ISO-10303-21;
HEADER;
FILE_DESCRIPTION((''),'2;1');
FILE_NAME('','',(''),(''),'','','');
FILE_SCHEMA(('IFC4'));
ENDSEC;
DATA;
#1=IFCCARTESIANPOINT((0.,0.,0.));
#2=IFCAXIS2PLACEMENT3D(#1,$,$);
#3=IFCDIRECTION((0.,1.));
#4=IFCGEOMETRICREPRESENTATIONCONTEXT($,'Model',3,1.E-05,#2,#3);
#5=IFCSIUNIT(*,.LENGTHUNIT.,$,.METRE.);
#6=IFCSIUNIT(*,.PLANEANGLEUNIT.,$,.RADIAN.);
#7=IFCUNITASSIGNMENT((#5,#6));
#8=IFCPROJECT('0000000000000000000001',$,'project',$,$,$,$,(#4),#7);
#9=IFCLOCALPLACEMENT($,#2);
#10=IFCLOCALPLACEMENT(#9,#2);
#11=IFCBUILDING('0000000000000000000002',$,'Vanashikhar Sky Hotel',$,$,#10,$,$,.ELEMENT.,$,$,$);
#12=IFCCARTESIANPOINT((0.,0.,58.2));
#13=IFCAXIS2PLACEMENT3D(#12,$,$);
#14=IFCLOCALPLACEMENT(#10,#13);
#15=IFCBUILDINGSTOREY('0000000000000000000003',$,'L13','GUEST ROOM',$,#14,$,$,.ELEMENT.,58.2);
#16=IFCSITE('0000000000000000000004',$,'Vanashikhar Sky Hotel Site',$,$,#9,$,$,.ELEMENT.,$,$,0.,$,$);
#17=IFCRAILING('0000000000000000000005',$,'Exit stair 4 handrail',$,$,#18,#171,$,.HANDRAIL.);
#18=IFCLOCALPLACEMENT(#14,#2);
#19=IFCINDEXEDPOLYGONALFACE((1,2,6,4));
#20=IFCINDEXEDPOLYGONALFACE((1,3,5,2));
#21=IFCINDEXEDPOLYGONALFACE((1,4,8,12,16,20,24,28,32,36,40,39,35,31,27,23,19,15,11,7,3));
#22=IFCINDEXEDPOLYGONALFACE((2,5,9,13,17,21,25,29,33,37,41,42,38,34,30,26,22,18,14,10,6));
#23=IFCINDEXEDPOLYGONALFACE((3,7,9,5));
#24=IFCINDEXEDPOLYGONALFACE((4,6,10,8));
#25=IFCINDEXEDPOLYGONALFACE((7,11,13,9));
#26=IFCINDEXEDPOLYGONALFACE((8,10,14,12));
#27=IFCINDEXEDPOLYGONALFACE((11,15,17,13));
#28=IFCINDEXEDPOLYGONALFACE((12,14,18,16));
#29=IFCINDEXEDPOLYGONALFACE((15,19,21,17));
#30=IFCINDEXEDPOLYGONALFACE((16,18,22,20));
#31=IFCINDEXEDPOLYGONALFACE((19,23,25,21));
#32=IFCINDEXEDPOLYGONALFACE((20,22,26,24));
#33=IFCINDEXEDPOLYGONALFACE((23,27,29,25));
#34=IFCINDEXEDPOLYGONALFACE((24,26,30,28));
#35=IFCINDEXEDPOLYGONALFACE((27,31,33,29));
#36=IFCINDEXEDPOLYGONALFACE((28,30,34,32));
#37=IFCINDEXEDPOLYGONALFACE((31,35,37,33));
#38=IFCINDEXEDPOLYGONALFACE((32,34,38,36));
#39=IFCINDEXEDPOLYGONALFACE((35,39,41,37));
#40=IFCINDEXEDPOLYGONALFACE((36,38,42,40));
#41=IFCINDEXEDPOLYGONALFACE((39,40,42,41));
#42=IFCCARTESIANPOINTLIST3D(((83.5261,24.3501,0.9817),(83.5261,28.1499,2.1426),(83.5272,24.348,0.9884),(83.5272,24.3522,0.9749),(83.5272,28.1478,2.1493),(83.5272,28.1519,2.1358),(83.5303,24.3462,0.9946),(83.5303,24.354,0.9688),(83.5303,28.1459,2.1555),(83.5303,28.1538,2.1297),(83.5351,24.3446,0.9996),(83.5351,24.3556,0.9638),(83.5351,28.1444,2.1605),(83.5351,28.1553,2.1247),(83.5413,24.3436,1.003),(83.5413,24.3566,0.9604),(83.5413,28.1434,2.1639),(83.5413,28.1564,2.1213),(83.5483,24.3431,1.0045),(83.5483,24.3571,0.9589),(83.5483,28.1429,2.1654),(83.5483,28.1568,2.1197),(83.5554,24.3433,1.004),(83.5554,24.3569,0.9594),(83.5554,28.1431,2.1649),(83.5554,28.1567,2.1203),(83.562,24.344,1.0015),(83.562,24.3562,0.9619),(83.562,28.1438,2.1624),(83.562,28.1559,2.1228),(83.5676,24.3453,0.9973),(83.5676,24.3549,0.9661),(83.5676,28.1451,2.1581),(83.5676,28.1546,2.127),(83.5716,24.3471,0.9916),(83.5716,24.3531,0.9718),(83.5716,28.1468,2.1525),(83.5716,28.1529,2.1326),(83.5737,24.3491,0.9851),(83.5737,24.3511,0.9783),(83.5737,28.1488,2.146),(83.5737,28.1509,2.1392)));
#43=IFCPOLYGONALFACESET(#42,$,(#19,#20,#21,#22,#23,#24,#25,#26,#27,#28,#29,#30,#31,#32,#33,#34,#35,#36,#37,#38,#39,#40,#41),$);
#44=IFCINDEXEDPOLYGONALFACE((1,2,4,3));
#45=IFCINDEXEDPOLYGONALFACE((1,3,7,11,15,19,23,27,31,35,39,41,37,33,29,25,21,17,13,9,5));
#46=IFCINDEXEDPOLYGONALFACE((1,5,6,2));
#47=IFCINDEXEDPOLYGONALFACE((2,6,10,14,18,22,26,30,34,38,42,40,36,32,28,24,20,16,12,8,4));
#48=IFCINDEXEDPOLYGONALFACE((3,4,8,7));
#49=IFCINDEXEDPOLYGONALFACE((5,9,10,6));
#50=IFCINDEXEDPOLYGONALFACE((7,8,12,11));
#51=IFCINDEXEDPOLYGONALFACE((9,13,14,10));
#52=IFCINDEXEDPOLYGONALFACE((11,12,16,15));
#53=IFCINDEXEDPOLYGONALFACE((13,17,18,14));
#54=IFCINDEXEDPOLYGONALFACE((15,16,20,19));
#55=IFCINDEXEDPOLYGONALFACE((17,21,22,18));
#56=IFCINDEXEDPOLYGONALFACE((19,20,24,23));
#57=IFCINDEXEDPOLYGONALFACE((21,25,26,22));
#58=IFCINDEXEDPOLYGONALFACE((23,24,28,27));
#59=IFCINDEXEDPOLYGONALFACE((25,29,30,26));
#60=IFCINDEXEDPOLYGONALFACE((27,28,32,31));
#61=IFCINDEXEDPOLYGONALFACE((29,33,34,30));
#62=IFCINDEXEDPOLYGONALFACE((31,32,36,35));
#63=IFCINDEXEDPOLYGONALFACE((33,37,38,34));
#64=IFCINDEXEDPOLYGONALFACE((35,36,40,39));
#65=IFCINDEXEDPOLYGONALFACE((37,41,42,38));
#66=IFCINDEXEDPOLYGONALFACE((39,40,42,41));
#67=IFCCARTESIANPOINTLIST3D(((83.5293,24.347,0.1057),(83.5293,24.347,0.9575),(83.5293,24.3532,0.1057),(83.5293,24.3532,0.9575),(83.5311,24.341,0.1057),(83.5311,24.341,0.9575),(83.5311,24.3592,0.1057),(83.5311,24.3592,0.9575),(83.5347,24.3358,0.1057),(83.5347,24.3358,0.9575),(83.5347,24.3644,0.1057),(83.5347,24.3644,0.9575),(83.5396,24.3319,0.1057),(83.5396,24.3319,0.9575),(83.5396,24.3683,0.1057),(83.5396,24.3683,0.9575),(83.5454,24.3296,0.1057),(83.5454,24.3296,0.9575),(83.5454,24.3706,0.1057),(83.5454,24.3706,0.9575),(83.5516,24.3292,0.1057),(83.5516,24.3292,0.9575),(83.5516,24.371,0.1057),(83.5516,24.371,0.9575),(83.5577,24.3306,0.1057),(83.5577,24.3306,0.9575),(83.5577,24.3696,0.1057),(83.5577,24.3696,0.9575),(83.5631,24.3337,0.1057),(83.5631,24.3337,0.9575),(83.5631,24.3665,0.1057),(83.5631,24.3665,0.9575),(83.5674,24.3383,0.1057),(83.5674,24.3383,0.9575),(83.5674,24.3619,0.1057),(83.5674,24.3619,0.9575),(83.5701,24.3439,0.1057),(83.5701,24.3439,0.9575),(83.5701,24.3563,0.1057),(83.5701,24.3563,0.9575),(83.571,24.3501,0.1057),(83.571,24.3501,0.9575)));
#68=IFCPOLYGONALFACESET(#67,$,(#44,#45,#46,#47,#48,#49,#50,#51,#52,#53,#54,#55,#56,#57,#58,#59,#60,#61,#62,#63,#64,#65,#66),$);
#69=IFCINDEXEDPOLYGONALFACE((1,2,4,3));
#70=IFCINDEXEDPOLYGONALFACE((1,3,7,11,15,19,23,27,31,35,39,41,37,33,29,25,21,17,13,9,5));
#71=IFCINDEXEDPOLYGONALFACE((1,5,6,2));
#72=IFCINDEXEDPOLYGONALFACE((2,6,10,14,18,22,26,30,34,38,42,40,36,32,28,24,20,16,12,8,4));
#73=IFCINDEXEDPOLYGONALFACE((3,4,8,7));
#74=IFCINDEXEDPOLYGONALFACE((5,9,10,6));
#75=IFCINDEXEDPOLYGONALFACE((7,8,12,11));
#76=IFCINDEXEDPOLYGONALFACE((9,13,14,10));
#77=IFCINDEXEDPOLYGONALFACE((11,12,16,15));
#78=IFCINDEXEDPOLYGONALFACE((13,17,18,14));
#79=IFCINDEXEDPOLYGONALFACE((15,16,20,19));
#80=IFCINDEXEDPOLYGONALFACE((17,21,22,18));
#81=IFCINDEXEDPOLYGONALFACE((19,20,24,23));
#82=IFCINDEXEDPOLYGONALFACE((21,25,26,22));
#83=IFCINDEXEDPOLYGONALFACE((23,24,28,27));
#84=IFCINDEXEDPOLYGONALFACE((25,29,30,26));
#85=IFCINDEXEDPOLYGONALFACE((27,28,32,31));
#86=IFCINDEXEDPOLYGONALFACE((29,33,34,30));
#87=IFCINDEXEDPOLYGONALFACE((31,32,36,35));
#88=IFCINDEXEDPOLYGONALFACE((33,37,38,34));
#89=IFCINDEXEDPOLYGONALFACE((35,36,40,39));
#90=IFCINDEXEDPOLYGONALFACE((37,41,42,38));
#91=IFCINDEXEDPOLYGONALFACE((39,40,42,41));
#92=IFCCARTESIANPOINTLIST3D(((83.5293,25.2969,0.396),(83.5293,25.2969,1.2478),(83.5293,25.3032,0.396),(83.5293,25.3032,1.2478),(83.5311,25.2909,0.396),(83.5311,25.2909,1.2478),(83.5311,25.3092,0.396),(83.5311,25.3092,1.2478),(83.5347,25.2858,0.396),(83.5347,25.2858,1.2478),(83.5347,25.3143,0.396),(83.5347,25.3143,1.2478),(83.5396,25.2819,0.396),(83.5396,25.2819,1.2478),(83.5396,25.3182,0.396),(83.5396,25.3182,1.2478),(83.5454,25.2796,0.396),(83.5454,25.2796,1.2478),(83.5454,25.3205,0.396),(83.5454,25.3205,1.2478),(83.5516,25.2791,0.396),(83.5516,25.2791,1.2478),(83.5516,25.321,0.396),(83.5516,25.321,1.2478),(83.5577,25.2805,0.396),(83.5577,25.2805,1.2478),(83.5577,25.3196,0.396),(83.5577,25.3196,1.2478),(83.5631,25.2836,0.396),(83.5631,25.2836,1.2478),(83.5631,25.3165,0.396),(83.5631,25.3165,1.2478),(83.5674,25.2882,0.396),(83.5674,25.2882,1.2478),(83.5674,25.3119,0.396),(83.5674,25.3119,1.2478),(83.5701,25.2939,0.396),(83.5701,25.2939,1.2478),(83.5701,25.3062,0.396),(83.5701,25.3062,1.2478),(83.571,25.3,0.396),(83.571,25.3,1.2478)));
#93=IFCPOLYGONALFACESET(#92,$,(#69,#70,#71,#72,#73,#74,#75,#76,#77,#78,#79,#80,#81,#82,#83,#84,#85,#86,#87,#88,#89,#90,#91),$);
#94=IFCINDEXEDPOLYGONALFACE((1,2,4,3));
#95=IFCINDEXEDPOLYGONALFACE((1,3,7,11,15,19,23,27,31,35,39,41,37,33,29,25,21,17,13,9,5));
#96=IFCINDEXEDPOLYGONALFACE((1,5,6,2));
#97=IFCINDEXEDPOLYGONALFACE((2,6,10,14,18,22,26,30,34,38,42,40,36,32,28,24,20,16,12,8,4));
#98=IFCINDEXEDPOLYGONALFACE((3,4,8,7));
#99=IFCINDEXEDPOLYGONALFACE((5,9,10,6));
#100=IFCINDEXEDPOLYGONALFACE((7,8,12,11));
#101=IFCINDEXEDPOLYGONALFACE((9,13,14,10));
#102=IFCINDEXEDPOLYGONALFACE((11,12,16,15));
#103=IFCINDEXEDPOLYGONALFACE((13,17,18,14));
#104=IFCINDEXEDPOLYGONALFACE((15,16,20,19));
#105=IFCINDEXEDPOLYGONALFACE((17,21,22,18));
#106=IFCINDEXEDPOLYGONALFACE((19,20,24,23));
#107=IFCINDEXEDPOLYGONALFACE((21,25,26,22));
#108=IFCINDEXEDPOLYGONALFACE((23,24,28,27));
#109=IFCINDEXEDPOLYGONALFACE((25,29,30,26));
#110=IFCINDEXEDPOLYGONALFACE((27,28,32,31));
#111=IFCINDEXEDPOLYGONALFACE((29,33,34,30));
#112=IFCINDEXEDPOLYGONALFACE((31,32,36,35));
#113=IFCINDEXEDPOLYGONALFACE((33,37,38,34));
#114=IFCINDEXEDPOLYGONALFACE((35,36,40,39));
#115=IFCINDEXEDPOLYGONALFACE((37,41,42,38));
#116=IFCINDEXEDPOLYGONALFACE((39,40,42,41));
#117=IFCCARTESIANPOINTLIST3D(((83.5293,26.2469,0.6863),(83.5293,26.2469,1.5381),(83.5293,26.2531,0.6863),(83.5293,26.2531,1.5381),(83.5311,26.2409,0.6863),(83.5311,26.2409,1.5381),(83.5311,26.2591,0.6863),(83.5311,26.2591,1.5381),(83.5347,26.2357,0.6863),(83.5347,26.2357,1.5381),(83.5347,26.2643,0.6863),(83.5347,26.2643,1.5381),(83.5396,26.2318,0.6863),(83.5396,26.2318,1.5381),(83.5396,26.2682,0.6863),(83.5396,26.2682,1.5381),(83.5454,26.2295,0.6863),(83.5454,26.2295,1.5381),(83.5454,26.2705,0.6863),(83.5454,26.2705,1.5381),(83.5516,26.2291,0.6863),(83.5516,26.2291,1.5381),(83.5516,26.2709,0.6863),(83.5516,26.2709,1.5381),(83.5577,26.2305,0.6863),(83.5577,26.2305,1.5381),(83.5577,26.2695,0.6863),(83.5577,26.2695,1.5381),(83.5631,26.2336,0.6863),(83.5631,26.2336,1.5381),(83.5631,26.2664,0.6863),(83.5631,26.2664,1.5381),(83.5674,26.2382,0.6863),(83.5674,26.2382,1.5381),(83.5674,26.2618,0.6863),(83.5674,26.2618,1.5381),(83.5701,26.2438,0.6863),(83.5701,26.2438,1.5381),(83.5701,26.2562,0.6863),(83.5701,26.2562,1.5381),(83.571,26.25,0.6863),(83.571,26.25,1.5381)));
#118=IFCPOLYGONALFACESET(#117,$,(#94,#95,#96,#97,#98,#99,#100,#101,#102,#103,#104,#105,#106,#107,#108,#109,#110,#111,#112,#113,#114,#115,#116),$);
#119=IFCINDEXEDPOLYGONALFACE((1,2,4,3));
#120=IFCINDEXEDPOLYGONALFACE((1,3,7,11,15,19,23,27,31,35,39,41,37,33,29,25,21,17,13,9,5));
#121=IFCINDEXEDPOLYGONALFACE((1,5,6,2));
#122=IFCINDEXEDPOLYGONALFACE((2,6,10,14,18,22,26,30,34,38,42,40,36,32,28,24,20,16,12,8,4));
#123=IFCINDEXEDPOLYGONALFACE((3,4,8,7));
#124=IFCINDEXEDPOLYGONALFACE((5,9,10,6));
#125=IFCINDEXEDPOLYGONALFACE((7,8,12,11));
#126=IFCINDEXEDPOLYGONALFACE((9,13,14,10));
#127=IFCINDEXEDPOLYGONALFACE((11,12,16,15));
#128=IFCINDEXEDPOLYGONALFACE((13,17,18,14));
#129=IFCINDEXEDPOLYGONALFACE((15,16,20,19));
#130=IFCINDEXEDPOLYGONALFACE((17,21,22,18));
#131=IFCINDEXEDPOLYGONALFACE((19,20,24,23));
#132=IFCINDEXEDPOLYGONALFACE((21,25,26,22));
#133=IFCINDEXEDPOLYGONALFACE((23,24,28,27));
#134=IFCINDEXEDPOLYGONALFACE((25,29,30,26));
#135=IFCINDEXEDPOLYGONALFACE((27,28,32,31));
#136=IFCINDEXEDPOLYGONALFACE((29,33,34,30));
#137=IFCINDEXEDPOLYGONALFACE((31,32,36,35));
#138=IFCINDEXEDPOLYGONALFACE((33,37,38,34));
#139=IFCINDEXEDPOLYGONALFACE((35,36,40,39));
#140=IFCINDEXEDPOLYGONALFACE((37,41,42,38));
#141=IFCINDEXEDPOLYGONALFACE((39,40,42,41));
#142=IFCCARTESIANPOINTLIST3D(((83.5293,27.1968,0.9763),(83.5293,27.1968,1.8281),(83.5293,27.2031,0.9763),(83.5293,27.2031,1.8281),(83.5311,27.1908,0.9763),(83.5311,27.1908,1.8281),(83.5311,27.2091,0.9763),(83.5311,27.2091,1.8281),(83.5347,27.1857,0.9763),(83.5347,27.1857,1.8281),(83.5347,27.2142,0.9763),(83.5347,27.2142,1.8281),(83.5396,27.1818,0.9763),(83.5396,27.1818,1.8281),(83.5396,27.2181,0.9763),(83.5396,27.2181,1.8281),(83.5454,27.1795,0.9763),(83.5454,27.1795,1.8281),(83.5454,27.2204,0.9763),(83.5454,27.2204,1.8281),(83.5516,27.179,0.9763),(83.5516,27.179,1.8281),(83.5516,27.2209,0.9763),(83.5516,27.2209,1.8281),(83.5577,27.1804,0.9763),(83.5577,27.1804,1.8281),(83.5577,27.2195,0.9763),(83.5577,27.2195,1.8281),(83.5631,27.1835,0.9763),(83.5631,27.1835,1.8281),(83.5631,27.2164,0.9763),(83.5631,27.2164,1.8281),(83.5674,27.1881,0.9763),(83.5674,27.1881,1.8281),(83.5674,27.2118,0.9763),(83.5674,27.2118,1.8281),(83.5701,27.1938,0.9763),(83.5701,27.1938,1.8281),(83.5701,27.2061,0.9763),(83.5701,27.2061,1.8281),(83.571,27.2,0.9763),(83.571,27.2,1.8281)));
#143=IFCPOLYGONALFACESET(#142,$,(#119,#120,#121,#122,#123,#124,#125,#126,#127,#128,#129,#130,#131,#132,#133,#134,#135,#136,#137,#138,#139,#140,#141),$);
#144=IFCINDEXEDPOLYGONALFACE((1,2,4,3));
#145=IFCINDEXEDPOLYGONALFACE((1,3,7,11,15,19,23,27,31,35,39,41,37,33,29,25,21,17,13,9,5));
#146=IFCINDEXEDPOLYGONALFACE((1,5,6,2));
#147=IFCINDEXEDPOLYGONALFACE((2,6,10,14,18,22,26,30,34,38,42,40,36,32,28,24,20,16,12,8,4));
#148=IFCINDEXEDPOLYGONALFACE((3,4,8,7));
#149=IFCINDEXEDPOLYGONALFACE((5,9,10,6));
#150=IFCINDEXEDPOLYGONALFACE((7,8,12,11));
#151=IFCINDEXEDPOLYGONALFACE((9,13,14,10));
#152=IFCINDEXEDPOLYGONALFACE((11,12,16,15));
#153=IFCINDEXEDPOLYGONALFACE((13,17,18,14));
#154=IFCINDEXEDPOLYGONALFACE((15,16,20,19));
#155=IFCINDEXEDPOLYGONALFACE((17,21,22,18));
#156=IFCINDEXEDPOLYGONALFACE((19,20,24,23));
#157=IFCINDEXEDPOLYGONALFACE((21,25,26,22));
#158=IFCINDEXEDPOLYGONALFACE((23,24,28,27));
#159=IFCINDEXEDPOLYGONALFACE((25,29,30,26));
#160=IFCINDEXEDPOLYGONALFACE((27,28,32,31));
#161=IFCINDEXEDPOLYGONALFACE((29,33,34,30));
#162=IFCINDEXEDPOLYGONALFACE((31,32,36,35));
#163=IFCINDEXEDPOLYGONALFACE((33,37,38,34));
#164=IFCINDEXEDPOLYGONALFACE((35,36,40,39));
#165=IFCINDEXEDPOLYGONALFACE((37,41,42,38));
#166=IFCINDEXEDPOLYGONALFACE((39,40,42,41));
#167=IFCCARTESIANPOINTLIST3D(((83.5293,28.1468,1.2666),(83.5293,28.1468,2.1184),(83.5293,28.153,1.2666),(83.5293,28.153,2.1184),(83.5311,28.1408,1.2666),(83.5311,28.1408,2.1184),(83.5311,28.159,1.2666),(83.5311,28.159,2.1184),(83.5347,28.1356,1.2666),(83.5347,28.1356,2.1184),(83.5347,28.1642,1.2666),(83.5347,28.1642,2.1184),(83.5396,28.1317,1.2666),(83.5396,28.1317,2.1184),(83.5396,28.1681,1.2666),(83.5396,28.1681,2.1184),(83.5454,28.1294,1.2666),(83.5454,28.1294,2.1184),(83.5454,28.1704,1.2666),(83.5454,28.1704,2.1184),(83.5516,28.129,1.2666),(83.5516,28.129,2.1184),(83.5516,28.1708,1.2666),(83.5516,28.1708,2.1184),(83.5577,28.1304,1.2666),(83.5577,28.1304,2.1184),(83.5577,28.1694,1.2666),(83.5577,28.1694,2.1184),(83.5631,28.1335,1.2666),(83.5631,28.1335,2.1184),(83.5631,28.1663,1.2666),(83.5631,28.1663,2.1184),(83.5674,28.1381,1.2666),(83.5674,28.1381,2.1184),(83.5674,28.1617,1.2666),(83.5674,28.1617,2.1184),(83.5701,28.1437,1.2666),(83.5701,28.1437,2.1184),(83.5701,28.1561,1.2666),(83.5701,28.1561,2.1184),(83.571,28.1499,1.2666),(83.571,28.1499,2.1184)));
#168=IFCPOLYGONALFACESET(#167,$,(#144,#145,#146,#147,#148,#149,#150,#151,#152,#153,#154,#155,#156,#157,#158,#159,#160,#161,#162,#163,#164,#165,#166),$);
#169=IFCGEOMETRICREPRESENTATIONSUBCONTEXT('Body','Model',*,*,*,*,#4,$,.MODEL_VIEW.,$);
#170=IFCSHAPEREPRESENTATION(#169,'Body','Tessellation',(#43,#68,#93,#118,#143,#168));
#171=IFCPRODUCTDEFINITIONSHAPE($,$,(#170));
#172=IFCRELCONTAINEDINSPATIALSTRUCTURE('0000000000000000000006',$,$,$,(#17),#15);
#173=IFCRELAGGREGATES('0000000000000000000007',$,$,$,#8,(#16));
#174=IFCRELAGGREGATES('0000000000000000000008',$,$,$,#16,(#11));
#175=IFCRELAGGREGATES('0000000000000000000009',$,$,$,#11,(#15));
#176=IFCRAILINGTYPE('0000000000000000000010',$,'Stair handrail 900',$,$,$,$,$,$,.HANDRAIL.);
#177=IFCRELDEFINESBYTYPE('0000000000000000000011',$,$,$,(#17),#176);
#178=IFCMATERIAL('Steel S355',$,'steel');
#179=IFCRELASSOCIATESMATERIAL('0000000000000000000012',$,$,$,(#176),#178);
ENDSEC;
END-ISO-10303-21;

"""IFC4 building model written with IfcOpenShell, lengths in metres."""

from ifc_helpers import new_model, si_unit, direction, frame, origin, origin_2d, place, context, subcontext, project, spatial, circle, extrude, source, transform, mapped, material, type_object, element, save


model = new_model("IFC4")

# Units and contexts
model_context = context("Model", 3, precision=1e-05, world=origin(), true_north=direction((0.0, 1.0)))
body_context = subcontext(model_context, "Body", "Model", "MODEL_VIEW")
ifc_project = project(units=[si_unit("LENGTHUNIT", "METRE"), si_unit("PLANEANGLEUNIT", "RADIAN")], contexts=[model_context])

# Site, building, storey
site_placement = place(None, origin())
site = spatial("IfcSite", under=ifc_project, at=site_placement, Name="Vanashikhar Sky Hotel Site", CompositionType="ELEMENT", RefElevation=0.0)
building_placement = place(site_placement, origin())
building = spatial("IfcBuilding", under=site, at=building_placement, Name="Vanashikhar Sky Hotel", CompositionType="ELEMENT")
storey_placement = place(building_placement, frame((0.0, 0.0, 58.2)))
storey = spatial("IfcBuildingStorey", under=building, at=storey_placement, Name="L13", Description="GUEST ROOM", CompositionType="ELEMENT", Elevation=58.2)

# Railing
ifc_material_1 = material(Name="Steel S355", Category="steel")
railing_type_1 = type_object("IfcRailingType", Name="Stair handrail 900", PredefinedType="HANDRAIL", material=ifc_material_1)
shared_shape_1 = source(origin(), body_context, "Body", "SweptSolid", [
    extrude(circle(Radius=0.0239, at=origin_2d()), frame((0.0, 0.0, 0.876), z_axis=(0.0, 0.956363, 0.292181), x_axis=(-1.0, 0.0, 0.0)), (0.0, 0.0, 1.0), 3.9731),
    extrude(circle(Radius=0.021, at=origin_2d()), origin(), (0.0, 0.0, 1.0), 0.8518),
    extrude(circle(Radius=0.021, at=origin_2d()), frame((0.0, 0.95, 0.2903)), (0.0, 0.0, 1.0), 0.8518),
    extrude(circle(Radius=0.021, at=origin_2d()), frame((0.0, 1.8999, 0.5806)), (0.0, 0.0, 1.0), 0.8518),
    extrude(circle(Radius=0.021, at=origin_2d()), frame((0.0, 2.8499, 0.8706)), (0.0, 0.0, 1.0), 0.8518),
    extrude(circle(Radius=0.021, at=origin_2d()), frame((0.0, 3.7998, 1.1609)), (0.0, 0.0, 1.0), 0.8518),
])
railing_1_placement = place(storey_placement, frame((83.55, 24.3501, 0.1057)))
element("IfcRailing", 1, at=railing_1_placement, inside=storey, type_object=railing_type_1, Name="Exit stair 4 handrail", PredefinedType="HANDRAIL", context=body_context, shape_type="MappedRepresentation", body=[
    mapped(shared_shape_1, transform((0.0, 0.0, 0.0), scale=1.0)),
])

save(model, "model.ifc")
